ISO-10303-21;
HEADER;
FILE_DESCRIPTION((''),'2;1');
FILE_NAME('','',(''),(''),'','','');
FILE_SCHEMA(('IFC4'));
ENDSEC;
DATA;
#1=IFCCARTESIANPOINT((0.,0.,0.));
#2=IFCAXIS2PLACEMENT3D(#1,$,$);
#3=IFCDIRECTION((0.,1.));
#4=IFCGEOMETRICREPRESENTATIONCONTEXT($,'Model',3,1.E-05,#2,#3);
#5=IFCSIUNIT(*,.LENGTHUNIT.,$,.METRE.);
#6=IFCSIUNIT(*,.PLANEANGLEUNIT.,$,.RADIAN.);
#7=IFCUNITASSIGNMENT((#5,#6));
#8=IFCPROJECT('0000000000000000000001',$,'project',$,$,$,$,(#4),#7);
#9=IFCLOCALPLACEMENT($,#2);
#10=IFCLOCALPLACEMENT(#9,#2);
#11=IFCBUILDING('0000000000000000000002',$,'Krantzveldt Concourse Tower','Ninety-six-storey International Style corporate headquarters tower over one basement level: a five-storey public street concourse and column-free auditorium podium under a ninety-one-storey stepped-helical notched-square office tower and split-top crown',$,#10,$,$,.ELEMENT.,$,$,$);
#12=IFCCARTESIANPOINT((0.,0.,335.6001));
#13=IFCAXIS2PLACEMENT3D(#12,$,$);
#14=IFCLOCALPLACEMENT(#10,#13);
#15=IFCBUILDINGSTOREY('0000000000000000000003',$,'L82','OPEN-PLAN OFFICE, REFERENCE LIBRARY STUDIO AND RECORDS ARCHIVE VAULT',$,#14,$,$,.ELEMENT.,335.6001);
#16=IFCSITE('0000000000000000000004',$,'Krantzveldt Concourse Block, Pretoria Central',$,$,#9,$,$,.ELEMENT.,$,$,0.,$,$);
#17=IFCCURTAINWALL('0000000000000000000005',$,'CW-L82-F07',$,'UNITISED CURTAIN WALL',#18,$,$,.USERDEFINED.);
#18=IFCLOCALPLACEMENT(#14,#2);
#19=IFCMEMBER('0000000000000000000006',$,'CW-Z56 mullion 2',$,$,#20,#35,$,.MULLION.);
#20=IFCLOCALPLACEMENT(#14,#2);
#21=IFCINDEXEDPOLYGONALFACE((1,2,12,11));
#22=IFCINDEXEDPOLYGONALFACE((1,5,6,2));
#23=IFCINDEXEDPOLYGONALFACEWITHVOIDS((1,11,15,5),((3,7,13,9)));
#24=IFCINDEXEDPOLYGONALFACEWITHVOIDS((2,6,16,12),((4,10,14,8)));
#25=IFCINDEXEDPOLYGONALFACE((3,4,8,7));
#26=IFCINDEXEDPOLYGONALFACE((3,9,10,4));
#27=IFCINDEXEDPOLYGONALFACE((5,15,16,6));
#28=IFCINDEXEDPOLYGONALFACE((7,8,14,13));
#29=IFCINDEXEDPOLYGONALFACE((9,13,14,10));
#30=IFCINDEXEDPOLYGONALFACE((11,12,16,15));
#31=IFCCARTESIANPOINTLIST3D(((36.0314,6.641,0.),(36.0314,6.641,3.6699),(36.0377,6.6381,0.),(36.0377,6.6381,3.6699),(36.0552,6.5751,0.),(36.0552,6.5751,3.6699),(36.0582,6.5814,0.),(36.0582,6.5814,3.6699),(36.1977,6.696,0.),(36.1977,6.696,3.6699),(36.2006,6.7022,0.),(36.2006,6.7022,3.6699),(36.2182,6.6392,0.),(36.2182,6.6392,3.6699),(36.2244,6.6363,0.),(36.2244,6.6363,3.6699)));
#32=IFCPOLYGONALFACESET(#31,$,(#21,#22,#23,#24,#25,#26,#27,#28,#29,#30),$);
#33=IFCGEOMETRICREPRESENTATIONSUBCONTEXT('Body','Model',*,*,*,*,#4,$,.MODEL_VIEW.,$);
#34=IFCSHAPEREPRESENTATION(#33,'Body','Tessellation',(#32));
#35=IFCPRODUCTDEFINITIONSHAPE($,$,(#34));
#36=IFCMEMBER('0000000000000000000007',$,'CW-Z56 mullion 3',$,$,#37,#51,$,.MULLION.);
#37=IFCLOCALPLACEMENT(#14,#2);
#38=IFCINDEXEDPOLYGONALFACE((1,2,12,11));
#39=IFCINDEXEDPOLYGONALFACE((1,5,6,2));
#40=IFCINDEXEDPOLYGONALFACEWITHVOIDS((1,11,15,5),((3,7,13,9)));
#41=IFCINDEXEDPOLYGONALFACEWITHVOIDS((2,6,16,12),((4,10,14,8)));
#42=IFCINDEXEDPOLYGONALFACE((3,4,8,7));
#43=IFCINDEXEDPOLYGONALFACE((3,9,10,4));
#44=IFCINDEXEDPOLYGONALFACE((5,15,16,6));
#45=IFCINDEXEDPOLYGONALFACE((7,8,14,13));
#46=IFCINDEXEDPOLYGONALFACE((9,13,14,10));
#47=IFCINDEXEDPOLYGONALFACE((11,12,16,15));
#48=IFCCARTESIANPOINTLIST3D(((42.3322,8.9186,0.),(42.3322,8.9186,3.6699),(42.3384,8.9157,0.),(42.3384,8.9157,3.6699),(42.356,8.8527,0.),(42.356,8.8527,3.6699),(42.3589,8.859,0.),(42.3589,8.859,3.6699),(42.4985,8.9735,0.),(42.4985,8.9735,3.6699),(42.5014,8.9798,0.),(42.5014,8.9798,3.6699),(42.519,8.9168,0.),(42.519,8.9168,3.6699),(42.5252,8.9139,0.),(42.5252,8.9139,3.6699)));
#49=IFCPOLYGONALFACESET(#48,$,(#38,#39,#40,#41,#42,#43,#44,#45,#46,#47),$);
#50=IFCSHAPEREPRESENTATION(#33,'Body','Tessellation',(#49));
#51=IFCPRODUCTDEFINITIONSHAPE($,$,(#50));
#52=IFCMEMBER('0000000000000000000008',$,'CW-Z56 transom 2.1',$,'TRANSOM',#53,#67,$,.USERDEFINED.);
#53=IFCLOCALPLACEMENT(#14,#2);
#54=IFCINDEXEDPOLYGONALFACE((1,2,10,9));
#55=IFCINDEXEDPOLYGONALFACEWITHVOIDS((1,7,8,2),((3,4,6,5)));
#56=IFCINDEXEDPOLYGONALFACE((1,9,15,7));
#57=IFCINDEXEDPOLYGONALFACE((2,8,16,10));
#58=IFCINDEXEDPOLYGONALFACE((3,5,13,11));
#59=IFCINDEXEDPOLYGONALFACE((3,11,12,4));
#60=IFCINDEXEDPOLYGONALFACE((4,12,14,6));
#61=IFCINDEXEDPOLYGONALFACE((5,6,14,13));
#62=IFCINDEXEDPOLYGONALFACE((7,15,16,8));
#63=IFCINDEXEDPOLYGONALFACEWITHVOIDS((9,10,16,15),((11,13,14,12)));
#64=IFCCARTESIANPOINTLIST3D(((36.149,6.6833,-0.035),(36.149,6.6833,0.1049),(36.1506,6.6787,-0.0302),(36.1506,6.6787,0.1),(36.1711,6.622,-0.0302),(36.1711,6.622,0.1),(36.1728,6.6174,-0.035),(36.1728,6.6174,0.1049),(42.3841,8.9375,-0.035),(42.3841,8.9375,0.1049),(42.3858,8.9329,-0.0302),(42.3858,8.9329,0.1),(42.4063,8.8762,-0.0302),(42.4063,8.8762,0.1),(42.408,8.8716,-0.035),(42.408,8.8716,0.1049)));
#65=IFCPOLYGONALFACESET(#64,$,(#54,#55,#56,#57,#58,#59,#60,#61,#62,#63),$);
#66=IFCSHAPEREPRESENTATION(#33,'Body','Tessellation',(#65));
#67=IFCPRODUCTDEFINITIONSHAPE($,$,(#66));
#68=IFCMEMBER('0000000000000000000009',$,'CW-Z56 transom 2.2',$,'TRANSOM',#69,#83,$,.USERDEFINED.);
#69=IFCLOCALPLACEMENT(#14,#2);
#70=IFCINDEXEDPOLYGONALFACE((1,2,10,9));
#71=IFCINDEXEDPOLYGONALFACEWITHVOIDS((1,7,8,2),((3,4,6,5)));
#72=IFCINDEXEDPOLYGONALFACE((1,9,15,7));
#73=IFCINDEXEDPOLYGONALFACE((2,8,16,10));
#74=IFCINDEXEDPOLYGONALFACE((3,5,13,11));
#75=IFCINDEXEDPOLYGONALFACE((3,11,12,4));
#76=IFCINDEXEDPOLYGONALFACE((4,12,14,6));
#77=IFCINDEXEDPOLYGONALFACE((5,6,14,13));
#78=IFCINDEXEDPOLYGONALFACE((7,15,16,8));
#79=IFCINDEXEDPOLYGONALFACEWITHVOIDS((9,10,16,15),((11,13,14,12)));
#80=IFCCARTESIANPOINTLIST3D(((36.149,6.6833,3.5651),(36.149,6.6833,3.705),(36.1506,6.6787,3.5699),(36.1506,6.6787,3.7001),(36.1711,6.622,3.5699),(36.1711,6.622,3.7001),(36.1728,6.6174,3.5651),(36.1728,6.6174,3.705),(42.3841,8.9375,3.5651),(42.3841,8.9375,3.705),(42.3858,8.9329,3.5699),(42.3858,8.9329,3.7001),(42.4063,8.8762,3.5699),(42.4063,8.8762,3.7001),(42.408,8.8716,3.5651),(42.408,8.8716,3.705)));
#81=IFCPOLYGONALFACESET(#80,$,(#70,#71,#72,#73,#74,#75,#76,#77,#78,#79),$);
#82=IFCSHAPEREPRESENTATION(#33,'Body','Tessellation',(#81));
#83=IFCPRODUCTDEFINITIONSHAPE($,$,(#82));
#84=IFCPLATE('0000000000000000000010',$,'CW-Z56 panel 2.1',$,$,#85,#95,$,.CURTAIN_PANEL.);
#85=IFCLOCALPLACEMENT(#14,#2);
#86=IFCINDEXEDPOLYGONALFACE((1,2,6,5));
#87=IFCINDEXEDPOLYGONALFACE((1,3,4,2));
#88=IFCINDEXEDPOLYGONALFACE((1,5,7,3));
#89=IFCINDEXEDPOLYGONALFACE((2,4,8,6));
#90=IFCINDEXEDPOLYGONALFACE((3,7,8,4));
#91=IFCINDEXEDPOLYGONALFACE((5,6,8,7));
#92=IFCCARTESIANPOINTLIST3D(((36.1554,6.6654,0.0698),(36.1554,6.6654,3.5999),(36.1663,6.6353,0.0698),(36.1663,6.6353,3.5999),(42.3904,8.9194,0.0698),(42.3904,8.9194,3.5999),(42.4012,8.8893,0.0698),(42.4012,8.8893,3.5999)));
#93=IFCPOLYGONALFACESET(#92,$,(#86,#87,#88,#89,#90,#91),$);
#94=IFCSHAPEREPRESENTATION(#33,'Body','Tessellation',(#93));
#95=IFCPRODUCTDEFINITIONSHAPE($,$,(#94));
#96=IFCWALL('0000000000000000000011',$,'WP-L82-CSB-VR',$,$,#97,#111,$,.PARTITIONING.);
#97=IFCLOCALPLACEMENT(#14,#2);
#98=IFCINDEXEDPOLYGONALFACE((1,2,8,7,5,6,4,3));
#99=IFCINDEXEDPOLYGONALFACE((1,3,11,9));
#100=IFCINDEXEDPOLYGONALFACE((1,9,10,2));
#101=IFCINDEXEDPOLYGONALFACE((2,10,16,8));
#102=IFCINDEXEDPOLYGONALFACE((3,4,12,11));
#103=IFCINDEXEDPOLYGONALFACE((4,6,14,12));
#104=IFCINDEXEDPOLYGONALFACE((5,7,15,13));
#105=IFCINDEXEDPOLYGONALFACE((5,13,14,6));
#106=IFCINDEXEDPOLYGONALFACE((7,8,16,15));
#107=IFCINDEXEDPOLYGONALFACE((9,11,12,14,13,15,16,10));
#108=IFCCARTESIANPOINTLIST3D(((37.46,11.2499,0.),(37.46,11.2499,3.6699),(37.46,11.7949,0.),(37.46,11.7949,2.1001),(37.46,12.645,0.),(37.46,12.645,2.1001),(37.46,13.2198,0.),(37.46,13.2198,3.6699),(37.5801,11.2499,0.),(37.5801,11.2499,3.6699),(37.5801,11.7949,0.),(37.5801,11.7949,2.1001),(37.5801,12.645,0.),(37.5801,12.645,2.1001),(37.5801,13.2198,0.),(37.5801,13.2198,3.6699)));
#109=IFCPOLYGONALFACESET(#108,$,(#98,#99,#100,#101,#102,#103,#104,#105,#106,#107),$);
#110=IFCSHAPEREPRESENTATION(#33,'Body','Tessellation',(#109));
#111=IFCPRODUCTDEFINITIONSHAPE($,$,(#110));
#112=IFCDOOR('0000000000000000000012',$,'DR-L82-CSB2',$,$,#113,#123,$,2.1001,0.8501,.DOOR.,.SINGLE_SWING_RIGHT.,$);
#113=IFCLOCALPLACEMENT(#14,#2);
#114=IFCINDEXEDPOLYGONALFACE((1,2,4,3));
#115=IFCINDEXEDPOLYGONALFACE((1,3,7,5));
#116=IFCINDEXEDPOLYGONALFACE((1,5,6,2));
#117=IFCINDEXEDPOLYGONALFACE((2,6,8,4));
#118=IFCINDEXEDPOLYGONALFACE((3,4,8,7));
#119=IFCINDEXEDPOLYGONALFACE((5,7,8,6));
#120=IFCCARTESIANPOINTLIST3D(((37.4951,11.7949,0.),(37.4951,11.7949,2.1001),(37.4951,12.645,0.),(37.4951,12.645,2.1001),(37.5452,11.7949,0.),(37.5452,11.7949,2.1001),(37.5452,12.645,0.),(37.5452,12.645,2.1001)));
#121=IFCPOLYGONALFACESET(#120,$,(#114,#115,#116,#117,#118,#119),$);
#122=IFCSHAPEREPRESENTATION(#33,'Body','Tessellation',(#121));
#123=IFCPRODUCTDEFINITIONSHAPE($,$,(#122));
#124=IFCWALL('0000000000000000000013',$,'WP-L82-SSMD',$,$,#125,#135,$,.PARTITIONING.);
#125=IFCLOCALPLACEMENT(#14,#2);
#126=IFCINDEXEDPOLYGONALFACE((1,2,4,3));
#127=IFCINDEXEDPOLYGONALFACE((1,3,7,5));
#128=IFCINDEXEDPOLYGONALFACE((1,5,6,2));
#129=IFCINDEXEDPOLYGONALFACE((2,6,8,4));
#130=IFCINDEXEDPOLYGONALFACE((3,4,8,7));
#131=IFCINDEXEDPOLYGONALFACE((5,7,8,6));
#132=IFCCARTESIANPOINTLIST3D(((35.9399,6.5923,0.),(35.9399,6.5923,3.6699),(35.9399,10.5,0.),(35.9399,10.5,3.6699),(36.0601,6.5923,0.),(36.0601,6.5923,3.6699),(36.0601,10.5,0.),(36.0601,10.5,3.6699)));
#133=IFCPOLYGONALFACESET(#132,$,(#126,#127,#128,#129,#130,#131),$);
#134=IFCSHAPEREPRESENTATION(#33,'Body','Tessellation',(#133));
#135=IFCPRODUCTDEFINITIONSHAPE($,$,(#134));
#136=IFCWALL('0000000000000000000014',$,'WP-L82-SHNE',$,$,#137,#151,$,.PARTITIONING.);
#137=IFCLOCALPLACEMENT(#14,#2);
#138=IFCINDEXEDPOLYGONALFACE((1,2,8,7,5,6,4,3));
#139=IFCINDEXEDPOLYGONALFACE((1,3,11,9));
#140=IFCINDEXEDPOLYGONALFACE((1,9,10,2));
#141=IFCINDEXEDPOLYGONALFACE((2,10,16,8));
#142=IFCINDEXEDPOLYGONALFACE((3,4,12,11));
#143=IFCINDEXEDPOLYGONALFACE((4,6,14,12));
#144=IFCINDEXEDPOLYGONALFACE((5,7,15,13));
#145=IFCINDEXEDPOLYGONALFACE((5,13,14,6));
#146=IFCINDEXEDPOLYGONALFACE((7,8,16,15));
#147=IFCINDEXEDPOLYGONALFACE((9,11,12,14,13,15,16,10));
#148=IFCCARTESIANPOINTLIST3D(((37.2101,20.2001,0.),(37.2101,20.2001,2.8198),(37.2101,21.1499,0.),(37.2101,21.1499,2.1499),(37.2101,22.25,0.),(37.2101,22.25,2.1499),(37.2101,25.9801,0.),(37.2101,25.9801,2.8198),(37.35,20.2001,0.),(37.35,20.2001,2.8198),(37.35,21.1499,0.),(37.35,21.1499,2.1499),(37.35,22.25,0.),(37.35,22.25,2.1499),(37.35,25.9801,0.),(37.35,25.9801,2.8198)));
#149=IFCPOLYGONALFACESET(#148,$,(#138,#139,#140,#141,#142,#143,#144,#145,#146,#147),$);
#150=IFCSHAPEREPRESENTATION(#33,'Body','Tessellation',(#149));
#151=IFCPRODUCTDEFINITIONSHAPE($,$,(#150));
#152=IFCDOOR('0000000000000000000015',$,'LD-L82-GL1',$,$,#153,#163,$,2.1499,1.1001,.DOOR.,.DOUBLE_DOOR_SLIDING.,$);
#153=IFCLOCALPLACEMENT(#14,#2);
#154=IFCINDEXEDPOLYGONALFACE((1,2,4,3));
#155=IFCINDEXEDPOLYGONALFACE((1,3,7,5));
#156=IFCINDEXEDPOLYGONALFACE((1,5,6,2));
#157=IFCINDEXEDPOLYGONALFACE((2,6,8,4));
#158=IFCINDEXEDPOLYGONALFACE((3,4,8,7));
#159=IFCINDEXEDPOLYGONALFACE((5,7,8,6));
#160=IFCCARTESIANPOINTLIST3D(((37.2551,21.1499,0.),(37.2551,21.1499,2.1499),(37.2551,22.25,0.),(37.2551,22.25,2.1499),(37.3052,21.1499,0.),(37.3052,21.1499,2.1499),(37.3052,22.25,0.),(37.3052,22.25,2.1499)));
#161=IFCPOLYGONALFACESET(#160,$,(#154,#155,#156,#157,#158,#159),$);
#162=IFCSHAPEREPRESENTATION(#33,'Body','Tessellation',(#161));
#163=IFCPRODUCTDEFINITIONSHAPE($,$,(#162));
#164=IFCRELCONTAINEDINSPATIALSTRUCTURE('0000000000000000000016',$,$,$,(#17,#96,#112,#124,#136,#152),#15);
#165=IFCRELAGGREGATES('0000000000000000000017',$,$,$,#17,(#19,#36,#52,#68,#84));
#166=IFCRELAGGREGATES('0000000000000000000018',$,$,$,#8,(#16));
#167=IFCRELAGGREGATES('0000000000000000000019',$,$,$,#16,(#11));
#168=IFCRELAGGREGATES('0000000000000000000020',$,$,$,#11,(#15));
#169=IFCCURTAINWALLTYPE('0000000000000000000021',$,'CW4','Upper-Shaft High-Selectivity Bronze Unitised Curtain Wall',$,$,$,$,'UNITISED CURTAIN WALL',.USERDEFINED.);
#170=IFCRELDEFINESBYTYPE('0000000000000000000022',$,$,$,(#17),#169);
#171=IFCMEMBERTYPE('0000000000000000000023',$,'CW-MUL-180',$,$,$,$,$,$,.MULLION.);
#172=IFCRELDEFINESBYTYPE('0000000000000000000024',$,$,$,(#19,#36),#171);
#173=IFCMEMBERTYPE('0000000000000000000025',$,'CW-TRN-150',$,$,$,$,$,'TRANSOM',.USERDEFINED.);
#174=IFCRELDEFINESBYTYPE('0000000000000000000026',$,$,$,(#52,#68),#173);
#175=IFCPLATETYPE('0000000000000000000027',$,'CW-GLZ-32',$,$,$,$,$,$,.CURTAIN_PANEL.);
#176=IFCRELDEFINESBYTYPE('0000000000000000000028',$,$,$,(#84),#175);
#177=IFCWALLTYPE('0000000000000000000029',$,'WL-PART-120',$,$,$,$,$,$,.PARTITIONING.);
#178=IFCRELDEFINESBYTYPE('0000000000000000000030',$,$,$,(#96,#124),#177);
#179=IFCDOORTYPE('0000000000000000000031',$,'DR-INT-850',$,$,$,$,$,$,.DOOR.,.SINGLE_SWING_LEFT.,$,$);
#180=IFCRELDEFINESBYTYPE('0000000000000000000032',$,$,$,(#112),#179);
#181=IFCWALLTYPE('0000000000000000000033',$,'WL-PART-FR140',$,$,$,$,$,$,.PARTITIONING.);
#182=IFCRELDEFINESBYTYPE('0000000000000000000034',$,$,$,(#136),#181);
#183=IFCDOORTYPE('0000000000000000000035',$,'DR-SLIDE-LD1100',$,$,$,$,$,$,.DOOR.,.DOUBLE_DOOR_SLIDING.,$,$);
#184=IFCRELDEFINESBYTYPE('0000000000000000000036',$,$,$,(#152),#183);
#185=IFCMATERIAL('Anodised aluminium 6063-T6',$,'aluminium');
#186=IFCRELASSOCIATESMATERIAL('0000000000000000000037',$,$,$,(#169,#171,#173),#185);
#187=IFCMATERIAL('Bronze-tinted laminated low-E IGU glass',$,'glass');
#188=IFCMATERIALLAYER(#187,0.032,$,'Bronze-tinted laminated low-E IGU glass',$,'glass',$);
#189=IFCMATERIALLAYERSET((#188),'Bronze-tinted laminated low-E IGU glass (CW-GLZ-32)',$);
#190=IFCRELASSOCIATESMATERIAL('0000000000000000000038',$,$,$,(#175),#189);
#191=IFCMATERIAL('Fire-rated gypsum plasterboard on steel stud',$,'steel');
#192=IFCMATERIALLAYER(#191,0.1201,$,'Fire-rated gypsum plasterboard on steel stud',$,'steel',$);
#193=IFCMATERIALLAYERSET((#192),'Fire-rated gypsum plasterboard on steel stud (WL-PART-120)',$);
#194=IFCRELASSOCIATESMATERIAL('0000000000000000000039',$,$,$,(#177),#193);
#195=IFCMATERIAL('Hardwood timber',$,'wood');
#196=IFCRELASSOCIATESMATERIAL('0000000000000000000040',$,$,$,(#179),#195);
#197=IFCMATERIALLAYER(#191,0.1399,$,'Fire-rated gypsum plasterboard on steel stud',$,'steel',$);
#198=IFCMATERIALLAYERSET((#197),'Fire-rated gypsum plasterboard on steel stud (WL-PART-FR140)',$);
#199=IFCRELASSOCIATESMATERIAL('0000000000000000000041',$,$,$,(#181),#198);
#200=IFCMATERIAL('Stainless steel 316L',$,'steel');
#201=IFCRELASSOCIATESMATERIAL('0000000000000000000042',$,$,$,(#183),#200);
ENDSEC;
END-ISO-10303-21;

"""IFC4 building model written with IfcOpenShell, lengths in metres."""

from ifc_helpers import new_model, si_unit, direction, frame, frame_2d, origin, origin_2d, place, context, subcontext, project, spatial, rectangle, hollow_rectangle, extrude, source, transform, mapped, material, layer, layer_set, material_profile, profile_set, type_object, type_shapes, element, fill, aggregate, save


model = new_model("IFC4")

# Units and contexts
model_context = context("Model", 3, precision=1e-05, world=origin(), true_north=direction((0.0, 1.0)))
body_context = subcontext(model_context, "Body", "Model", "MODEL_VIEW")
ifc_project = project(units=[si_unit("LENGTHUNIT", "METRE"), si_unit("PLANEANGLEUNIT", "RADIAN")], contexts=[model_context])

# Site, building, storey
site_placement = place(None, origin())
site = spatial("IfcSite", under=ifc_project, at=site_placement, Name="Krantzveldt Concourse Block, Pretoria Central", CompositionType="ELEMENT", RefElevation=0.0)
building_placement = place(site_placement, origin())
building = spatial("IfcBuilding", under=site, at=building_placement, Name="Krantzveldt Concourse Tower", Description="Ninety-six-storey International Style corporate headquarters tower over one basement level: a five-storey public street concourse and column-free auditorium podium under a ninety-one-storey stepped-helical notched-square office tower and split-top crown", CompositionType="ELEMENT")
storey_placement = place(building_placement, frame((0.0, 0.0, 335.6001)))
storey = spatial("IfcBuildingStorey", under=building, at=storey_placement, Name="L82", Description="OPEN-PLAN OFFICE, REFERENCE LIBRARY STUDIO AND RECORDS ARCHIVE VAULT", CompositionType="ELEMENT", Elevation=335.6001)

# Curtain wall, members, plate
ifc_material_1 = material(Name="Anodised aluminium 6063-T6", Category="aluminium")
curtain_wall_type = type_object("IfcCurtainWallType", Name="CW4", Description="Upper-Shaft High-Selectivity Bronze Unitised Curtain Wall", ElementType="UNITISED CURTAIN WALL", PredefinedType="USERDEFINED", material=ifc_material_1)
curtain_wall_placement = place(storey_placement, origin())
curtain_wall = element("IfcCurtainWall", 1, at=curtain_wall_placement, inside=storey, type_object=curtain_wall_type, Name="CW-L82-F07", ObjectType="UNITISED CURTAIN WALL", PredefinedType="USERDEFINED")
ifc_material_profile_1 = material_profile(ifc_material_1, hollow_rectangle(XDim=0.0701, YDim=0.1799, WallThickness=0.0049, at=origin_2d()), Name="Anodised aluminium 6063-T6", Category="aluminium")
ifc_profile_set_1 = profile_set([ifc_material_profile_1], Name="Anodised aluminium 6063-T6 - ALU-MULL 180x70x5")
member_type_1 = type_object("IfcMemberType", Name="CW-MUL-180", PredefinedType="MULLION", material=ifc_profile_set_1)
shared_shape_1 = source(origin(), body_context, "Body", "SweptSolid", [
    extrude(hollow_rectangle(XDim=0.0701, YDim=0.1799, WallThickness=0.0049, at=origin_2d()), origin(), (0.0, 0.0, 1.0), 3.6699),
])
type_shapes(member_type_1, [shared_shape_1])
member_1_placement = place(storey_placement, frame((36.1279, 6.6387, 0.0), z_axis=(0.0, 0.0, 1.0), x_axis=(-0.339969, 0.940437, 0.0)))
member_1 = element("IfcMember", 2, at=member_1_placement, type_object=member_type_1, Name="CW-Z56 mullion 2", PredefinedType="MULLION", context=body_context, shape_type="MappedRepresentation", body=[
    mapped(shared_shape_1, transform((0.0, 0.0, 0.0), x_axis=(1.0, 0.0, 0.0), y_axis=(0.0, 1.0, 0.0), z_axis=(0.0, 0.0, 1.0), scale=1.0)),
])
member_2_placement = place(storey_placement, frame((42.4287, 8.9163, 0.0), z_axis=(0.0, 0.0, 1.0), x_axis=(-0.339969, 0.940437, 0.0)))
member_2 = element("IfcMember", 3, at=member_2_placement, type_object=member_type_1, Name="CW-Z56 mullion 3", PredefinedType="MULLION", context=body_context, shape_type="MappedRepresentation", body=[
    mapped(shared_shape_1, transform((0.0, 0.0, 0.0), x_axis=(1.0, 0.0, 0.0), y_axis=(0.0, 1.0, 0.0), z_axis=(0.0, 0.0, 1.0), scale=1.0)),
])
ifc_material_profile_2 = material_profile(ifc_material_1, hollow_rectangle(XDim=0.0701, YDim=0.1399, WallThickness=0.0049, at=origin_2d()), Name="Anodised aluminium 6063-T6", Category="aluminium")
ifc_profile_set_2 = profile_set([ifc_material_profile_2], Name="Anodised aluminium 6063-T6 - ALU-TRAN 140x70x5")
member_type_2 = type_object("IfcMemberType", Name="CW-TRN-150", ElementType="TRANSOM", PredefinedType="USERDEFINED", material=ifc_profile_set_2)
shared_shape_2 = source(origin(), body_context, "Body", "SweptSolid", [
    extrude(hollow_rectangle(XDim=0.0701, YDim=0.1399, WallThickness=0.0049, at=origin_2d()), origin(), (0.0, 0.0, 1.0), 6.6301),
])
type_shapes(member_type_2, [shared_shape_2])
member_3_placement = place(storey_placement, frame((36.1609, 6.6504, 0.0349), z_axis=(0.940429, 0.339989, 0.0), x_axis=(-0.339989, 0.940429, 0.0)))
member_3 = element("IfcMember", 4, at=member_3_placement, type_object=member_type_2, Name="CW-Z56 transom 2.1", ObjectType="TRANSOM", PredefinedType="USERDEFINED", context=body_context, shape_type="MappedRepresentation", body=[
    mapped(shared_shape_2, transform((0.0, 0.0, 0.0), x_axis=(1.0, 0.0, 0.0), y_axis=(0.0, 1.0, 0.0), z_axis=(0.0, 0.0, 1.0), scale=1.0)),
])
member_4_placement = place(storey_placement, frame((36.1609, 6.6504, 3.635), z_axis=(0.940429, 0.339989, 0.0), x_axis=(-0.339989, 0.940429, 0.0)))
member_4 = element("IfcMember", 5, at=member_4_placement, type_object=member_type_2, Name="CW-Z56 transom 2.2", ObjectType="TRANSOM", PredefinedType="USERDEFINED", context=body_context, shape_type="MappedRepresentation", body=[
    mapped(shared_shape_2, transform((0.0, 0.0, 0.0), x_axis=(1.0, 0.0, 0.0), y_axis=(0.0, 1.0, 0.0), z_axis=(0.0, 0.0, 1.0), scale=1.0)),
])
ifc_material_2 = material(Name="Bronze-tinted laminated low-E IGU glass", Category="glass")
ifc_layer_1 = layer(ifc_material_2, 0.032, Name="Bronze-tinted laminated low-E IGU glass", Category="glass")
ifc_layer_set_1 = layer_set([ifc_layer_1], Name="Bronze-tinted laminated low-E IGU glass (CW-GLZ-32)")
plate_type = type_object("IfcPlateType", Name="CW-GLZ-32", PredefinedType="CURTAIN_PANEL", material=ifc_layer_set_1)
shared_shape_3 = source(origin(), body_context, "Body", "SweptSolid", [
    extrude(rectangle(XDim=6.6299, YDim=0.032, at=origin_2d()), origin(), (0.0, 0.0, 1.0), 3.53),
])
type_shapes(plate_type, [shared_shape_3])
plate_placement = place(storey_placement, frame((39.2783, 7.7773, 0.0698), z_axis=(0.0, 0.0, 1.0), x_axis=(0.940437, 0.339969, 0.0)))
plate = element("IfcPlate", 6, at=plate_placement, type_object=plate_type, Name="CW-Z56 panel 2.1", PredefinedType="CURTAIN_PANEL", context=body_context, shape_type="MappedRepresentation", body=[
    mapped(shared_shape_3, transform((0.0, 0.0, 0.0), x_axis=(1.0, 0.0, 0.0), y_axis=(0.0, 1.0, 0.0), z_axis=(0.0, 0.0, 1.0), scale=1.0)),
])
aggregate(curtain_wall, [member_1, member_2, member_3, member_4, plate])

# Wall, opening, door
ifc_material_3 = material(Name="Fire-rated gypsum plasterboard on steel stud", Category="steel")
ifc_layer_2 = layer(ifc_material_3, 0.1201, Name="Fire-rated gypsum plasterboard on steel stud", Category="steel")
ifc_layer_set_2 = layer_set([ifc_layer_2], Name="Fire-rated gypsum plasterboard on steel stud (WL-PART-120)")
wall_type_1 = type_object("IfcWallType", Name="WL-PART-120", PredefinedType="PARTITIONING", material=ifc_layer_set_2)
wall_1_placement = place(storey_placement, frame((37.52, 11.25, 0.0), z_axis=(0.0, 0.0, 1.0), x_axis=(0.0, 1.0, 0.0)))
wall_1 = element("IfcWall", 7, at=wall_1_placement, inside=storey, type_object=wall_type_1, Name="WP-L82-CSB-VR", PredefinedType="PARTITIONING", context=body_context, shape_type="SweptSolid", body=[
    extrude(rectangle(XDim=1.97, YDim=0.1201, at=frame_2d((0.9849, 0.0))), origin(), (0.0, 0.0, 1.0), 3.6699),
])
opening_1_placement = place(wall_1_placement, frame((0.5449, 0.0, 0.0)))
opening_1 = element("IfcOpeningElement", 8, at=opening_1_placement, cuts=wall_1, PredefinedType="OPENING", context=body_context, shape_type="SweptSolid", body=[
    extrude(rectangle(XDim=0.8501, YDim=2.1001, at=frame_2d((0.425, 1.05))), frame((0.0, 0.0701, 0.0), z_axis=(0.0, -1.0, 0.0), x_axis=(1.0, 0.0, 0.0)), (0.0, 0.0, 1.0), 0.1401),
])
ifc_material_4 = material(Name="Hardwood timber", Category="wood")
door_type_1 = type_object("IfcDoorType", Name="DR-INT-850", OperationType="SINGLE_SWING_LEFT", PredefinedType="DOOR", material=ifc_material_4)
door_1_placement = place(opening_1_placement, origin())
door_1 = element("IfcDoor", 9, at=door_1_placement, inside=storey, type_object=door_type_1, Name="DR-L82-CSB2", OperationType="SINGLE_SWING_RIGHT", OverallHeight=2.1001, OverallWidth=0.8501, PredefinedType="DOOR", context=body_context, shape_type="SweptSolid", body=[
    extrude(rectangle(XDim=0.8501, YDim=2.1001, at=frame_2d((0.425, 1.05))), frame((0.0, 0.0249, 0.0), z_axis=(0.0, -1.0, 0.0), x_axis=(1.0, 0.0, 0.0)), (0.0, 0.0, 1.0), 0.05),
])
fill(opening_1, door_1)

# Wall
wall_2_placement = place(storey_placement, frame((36.0, 6.5923, 0.0), z_axis=(0.0, 0.0, 1.0), x_axis=(0.0, 1.0, 0.0)))
element("IfcWall", 10, at=wall_2_placement, inside=storey, type_object=wall_type_1, Name="WP-L82-SSMD", PredefinedType="PARTITIONING", context=body_context, shape_type="SweptSolid", body=[
    extrude(rectangle(XDim=3.9077, YDim=0.1201, at=frame_2d((1.9539, 0.0))), origin(), (0.0, 0.0, 1.0), 3.6699),
])

# Wall, opening, door
ifc_layer_3 = layer(ifc_material_3, 0.1399, Name="Fire-rated gypsum plasterboard on steel stud", Category="steel")
ifc_layer_set_3 = layer_set([ifc_layer_3], Name="Fire-rated gypsum plasterboard on steel stud (WL-PART-FR140)")
wall_type_2 = type_object("IfcWallType", Name="WL-PART-FR140", PredefinedType="PARTITIONING", material=ifc_layer_set_3)
wall_3_placement = place(storey_placement, frame((37.28, 20.2, 0.0), z_axis=(0.0, 0.0, 1.0), x_axis=(0.0, 1.0, 0.0)))
wall_3 = element("IfcWall", 11, at=wall_3_placement, inside=storey, type_object=wall_type_2, Name="WP-L82-SHNE", PredefinedType="PARTITIONING", context=body_context, shape_type="SweptSolid", body=[
    extrude(rectangle(XDim=5.78, YDim=0.1399, at=frame_2d((2.8901, 0.0))), origin(), (0.0, 0.0, 1.0), 2.8198),
])
opening_2_placement = place(wall_3_placement, frame((0.95, 0.0, 0.0)))
opening_2 = element("IfcOpeningElement", 12, at=opening_2_placement, cuts=wall_3, PredefinedType="OPENING", context=body_context, shape_type="SweptSolid", body=[
    extrude(rectangle(XDim=1.1001, YDim=2.1499, at=frame_2d((0.55, 1.075))), frame((0.0, 0.0801, 0.0), z_axis=(0.0, -1.0, 0.0), x_axis=(1.0, 0.0, 0.0)), (0.0, 0.0, 1.0), 0.1599),
])
ifc_material_5 = material(Name="Stainless steel 316L", Category="steel")
door_type_2 = type_object("IfcDoorType", Name="DR-SLIDE-LD1100", OperationType="DOUBLE_DOOR_SLIDING", PredefinedType="DOOR", material=ifc_material_5)
door_2_placement = place(opening_2_placement, origin())
door_2 = element("IfcDoor", 13, at=door_2_placement, inside=storey, type_object=door_type_2, Name="LD-L82-GL1", OperationType="DOUBLE_DOOR_SLIDING", OverallHeight=2.1499, OverallWidth=1.1001, PredefinedType="DOOR", context=body_context, shape_type="SweptSolid", body=[
    extrude(rectangle(XDim=1.1001, YDim=2.1499, at=frame_2d((0.55, 1.075))), frame((0.0, 0.0249, 0.0), z_axis=(0.0, -1.0, 0.0), x_axis=(1.0, 0.0, 0.0)), (0.0, 0.0, 1.0), 0.05),
])
fill(opening_2, door_2)

save(model, "model.ifc")
